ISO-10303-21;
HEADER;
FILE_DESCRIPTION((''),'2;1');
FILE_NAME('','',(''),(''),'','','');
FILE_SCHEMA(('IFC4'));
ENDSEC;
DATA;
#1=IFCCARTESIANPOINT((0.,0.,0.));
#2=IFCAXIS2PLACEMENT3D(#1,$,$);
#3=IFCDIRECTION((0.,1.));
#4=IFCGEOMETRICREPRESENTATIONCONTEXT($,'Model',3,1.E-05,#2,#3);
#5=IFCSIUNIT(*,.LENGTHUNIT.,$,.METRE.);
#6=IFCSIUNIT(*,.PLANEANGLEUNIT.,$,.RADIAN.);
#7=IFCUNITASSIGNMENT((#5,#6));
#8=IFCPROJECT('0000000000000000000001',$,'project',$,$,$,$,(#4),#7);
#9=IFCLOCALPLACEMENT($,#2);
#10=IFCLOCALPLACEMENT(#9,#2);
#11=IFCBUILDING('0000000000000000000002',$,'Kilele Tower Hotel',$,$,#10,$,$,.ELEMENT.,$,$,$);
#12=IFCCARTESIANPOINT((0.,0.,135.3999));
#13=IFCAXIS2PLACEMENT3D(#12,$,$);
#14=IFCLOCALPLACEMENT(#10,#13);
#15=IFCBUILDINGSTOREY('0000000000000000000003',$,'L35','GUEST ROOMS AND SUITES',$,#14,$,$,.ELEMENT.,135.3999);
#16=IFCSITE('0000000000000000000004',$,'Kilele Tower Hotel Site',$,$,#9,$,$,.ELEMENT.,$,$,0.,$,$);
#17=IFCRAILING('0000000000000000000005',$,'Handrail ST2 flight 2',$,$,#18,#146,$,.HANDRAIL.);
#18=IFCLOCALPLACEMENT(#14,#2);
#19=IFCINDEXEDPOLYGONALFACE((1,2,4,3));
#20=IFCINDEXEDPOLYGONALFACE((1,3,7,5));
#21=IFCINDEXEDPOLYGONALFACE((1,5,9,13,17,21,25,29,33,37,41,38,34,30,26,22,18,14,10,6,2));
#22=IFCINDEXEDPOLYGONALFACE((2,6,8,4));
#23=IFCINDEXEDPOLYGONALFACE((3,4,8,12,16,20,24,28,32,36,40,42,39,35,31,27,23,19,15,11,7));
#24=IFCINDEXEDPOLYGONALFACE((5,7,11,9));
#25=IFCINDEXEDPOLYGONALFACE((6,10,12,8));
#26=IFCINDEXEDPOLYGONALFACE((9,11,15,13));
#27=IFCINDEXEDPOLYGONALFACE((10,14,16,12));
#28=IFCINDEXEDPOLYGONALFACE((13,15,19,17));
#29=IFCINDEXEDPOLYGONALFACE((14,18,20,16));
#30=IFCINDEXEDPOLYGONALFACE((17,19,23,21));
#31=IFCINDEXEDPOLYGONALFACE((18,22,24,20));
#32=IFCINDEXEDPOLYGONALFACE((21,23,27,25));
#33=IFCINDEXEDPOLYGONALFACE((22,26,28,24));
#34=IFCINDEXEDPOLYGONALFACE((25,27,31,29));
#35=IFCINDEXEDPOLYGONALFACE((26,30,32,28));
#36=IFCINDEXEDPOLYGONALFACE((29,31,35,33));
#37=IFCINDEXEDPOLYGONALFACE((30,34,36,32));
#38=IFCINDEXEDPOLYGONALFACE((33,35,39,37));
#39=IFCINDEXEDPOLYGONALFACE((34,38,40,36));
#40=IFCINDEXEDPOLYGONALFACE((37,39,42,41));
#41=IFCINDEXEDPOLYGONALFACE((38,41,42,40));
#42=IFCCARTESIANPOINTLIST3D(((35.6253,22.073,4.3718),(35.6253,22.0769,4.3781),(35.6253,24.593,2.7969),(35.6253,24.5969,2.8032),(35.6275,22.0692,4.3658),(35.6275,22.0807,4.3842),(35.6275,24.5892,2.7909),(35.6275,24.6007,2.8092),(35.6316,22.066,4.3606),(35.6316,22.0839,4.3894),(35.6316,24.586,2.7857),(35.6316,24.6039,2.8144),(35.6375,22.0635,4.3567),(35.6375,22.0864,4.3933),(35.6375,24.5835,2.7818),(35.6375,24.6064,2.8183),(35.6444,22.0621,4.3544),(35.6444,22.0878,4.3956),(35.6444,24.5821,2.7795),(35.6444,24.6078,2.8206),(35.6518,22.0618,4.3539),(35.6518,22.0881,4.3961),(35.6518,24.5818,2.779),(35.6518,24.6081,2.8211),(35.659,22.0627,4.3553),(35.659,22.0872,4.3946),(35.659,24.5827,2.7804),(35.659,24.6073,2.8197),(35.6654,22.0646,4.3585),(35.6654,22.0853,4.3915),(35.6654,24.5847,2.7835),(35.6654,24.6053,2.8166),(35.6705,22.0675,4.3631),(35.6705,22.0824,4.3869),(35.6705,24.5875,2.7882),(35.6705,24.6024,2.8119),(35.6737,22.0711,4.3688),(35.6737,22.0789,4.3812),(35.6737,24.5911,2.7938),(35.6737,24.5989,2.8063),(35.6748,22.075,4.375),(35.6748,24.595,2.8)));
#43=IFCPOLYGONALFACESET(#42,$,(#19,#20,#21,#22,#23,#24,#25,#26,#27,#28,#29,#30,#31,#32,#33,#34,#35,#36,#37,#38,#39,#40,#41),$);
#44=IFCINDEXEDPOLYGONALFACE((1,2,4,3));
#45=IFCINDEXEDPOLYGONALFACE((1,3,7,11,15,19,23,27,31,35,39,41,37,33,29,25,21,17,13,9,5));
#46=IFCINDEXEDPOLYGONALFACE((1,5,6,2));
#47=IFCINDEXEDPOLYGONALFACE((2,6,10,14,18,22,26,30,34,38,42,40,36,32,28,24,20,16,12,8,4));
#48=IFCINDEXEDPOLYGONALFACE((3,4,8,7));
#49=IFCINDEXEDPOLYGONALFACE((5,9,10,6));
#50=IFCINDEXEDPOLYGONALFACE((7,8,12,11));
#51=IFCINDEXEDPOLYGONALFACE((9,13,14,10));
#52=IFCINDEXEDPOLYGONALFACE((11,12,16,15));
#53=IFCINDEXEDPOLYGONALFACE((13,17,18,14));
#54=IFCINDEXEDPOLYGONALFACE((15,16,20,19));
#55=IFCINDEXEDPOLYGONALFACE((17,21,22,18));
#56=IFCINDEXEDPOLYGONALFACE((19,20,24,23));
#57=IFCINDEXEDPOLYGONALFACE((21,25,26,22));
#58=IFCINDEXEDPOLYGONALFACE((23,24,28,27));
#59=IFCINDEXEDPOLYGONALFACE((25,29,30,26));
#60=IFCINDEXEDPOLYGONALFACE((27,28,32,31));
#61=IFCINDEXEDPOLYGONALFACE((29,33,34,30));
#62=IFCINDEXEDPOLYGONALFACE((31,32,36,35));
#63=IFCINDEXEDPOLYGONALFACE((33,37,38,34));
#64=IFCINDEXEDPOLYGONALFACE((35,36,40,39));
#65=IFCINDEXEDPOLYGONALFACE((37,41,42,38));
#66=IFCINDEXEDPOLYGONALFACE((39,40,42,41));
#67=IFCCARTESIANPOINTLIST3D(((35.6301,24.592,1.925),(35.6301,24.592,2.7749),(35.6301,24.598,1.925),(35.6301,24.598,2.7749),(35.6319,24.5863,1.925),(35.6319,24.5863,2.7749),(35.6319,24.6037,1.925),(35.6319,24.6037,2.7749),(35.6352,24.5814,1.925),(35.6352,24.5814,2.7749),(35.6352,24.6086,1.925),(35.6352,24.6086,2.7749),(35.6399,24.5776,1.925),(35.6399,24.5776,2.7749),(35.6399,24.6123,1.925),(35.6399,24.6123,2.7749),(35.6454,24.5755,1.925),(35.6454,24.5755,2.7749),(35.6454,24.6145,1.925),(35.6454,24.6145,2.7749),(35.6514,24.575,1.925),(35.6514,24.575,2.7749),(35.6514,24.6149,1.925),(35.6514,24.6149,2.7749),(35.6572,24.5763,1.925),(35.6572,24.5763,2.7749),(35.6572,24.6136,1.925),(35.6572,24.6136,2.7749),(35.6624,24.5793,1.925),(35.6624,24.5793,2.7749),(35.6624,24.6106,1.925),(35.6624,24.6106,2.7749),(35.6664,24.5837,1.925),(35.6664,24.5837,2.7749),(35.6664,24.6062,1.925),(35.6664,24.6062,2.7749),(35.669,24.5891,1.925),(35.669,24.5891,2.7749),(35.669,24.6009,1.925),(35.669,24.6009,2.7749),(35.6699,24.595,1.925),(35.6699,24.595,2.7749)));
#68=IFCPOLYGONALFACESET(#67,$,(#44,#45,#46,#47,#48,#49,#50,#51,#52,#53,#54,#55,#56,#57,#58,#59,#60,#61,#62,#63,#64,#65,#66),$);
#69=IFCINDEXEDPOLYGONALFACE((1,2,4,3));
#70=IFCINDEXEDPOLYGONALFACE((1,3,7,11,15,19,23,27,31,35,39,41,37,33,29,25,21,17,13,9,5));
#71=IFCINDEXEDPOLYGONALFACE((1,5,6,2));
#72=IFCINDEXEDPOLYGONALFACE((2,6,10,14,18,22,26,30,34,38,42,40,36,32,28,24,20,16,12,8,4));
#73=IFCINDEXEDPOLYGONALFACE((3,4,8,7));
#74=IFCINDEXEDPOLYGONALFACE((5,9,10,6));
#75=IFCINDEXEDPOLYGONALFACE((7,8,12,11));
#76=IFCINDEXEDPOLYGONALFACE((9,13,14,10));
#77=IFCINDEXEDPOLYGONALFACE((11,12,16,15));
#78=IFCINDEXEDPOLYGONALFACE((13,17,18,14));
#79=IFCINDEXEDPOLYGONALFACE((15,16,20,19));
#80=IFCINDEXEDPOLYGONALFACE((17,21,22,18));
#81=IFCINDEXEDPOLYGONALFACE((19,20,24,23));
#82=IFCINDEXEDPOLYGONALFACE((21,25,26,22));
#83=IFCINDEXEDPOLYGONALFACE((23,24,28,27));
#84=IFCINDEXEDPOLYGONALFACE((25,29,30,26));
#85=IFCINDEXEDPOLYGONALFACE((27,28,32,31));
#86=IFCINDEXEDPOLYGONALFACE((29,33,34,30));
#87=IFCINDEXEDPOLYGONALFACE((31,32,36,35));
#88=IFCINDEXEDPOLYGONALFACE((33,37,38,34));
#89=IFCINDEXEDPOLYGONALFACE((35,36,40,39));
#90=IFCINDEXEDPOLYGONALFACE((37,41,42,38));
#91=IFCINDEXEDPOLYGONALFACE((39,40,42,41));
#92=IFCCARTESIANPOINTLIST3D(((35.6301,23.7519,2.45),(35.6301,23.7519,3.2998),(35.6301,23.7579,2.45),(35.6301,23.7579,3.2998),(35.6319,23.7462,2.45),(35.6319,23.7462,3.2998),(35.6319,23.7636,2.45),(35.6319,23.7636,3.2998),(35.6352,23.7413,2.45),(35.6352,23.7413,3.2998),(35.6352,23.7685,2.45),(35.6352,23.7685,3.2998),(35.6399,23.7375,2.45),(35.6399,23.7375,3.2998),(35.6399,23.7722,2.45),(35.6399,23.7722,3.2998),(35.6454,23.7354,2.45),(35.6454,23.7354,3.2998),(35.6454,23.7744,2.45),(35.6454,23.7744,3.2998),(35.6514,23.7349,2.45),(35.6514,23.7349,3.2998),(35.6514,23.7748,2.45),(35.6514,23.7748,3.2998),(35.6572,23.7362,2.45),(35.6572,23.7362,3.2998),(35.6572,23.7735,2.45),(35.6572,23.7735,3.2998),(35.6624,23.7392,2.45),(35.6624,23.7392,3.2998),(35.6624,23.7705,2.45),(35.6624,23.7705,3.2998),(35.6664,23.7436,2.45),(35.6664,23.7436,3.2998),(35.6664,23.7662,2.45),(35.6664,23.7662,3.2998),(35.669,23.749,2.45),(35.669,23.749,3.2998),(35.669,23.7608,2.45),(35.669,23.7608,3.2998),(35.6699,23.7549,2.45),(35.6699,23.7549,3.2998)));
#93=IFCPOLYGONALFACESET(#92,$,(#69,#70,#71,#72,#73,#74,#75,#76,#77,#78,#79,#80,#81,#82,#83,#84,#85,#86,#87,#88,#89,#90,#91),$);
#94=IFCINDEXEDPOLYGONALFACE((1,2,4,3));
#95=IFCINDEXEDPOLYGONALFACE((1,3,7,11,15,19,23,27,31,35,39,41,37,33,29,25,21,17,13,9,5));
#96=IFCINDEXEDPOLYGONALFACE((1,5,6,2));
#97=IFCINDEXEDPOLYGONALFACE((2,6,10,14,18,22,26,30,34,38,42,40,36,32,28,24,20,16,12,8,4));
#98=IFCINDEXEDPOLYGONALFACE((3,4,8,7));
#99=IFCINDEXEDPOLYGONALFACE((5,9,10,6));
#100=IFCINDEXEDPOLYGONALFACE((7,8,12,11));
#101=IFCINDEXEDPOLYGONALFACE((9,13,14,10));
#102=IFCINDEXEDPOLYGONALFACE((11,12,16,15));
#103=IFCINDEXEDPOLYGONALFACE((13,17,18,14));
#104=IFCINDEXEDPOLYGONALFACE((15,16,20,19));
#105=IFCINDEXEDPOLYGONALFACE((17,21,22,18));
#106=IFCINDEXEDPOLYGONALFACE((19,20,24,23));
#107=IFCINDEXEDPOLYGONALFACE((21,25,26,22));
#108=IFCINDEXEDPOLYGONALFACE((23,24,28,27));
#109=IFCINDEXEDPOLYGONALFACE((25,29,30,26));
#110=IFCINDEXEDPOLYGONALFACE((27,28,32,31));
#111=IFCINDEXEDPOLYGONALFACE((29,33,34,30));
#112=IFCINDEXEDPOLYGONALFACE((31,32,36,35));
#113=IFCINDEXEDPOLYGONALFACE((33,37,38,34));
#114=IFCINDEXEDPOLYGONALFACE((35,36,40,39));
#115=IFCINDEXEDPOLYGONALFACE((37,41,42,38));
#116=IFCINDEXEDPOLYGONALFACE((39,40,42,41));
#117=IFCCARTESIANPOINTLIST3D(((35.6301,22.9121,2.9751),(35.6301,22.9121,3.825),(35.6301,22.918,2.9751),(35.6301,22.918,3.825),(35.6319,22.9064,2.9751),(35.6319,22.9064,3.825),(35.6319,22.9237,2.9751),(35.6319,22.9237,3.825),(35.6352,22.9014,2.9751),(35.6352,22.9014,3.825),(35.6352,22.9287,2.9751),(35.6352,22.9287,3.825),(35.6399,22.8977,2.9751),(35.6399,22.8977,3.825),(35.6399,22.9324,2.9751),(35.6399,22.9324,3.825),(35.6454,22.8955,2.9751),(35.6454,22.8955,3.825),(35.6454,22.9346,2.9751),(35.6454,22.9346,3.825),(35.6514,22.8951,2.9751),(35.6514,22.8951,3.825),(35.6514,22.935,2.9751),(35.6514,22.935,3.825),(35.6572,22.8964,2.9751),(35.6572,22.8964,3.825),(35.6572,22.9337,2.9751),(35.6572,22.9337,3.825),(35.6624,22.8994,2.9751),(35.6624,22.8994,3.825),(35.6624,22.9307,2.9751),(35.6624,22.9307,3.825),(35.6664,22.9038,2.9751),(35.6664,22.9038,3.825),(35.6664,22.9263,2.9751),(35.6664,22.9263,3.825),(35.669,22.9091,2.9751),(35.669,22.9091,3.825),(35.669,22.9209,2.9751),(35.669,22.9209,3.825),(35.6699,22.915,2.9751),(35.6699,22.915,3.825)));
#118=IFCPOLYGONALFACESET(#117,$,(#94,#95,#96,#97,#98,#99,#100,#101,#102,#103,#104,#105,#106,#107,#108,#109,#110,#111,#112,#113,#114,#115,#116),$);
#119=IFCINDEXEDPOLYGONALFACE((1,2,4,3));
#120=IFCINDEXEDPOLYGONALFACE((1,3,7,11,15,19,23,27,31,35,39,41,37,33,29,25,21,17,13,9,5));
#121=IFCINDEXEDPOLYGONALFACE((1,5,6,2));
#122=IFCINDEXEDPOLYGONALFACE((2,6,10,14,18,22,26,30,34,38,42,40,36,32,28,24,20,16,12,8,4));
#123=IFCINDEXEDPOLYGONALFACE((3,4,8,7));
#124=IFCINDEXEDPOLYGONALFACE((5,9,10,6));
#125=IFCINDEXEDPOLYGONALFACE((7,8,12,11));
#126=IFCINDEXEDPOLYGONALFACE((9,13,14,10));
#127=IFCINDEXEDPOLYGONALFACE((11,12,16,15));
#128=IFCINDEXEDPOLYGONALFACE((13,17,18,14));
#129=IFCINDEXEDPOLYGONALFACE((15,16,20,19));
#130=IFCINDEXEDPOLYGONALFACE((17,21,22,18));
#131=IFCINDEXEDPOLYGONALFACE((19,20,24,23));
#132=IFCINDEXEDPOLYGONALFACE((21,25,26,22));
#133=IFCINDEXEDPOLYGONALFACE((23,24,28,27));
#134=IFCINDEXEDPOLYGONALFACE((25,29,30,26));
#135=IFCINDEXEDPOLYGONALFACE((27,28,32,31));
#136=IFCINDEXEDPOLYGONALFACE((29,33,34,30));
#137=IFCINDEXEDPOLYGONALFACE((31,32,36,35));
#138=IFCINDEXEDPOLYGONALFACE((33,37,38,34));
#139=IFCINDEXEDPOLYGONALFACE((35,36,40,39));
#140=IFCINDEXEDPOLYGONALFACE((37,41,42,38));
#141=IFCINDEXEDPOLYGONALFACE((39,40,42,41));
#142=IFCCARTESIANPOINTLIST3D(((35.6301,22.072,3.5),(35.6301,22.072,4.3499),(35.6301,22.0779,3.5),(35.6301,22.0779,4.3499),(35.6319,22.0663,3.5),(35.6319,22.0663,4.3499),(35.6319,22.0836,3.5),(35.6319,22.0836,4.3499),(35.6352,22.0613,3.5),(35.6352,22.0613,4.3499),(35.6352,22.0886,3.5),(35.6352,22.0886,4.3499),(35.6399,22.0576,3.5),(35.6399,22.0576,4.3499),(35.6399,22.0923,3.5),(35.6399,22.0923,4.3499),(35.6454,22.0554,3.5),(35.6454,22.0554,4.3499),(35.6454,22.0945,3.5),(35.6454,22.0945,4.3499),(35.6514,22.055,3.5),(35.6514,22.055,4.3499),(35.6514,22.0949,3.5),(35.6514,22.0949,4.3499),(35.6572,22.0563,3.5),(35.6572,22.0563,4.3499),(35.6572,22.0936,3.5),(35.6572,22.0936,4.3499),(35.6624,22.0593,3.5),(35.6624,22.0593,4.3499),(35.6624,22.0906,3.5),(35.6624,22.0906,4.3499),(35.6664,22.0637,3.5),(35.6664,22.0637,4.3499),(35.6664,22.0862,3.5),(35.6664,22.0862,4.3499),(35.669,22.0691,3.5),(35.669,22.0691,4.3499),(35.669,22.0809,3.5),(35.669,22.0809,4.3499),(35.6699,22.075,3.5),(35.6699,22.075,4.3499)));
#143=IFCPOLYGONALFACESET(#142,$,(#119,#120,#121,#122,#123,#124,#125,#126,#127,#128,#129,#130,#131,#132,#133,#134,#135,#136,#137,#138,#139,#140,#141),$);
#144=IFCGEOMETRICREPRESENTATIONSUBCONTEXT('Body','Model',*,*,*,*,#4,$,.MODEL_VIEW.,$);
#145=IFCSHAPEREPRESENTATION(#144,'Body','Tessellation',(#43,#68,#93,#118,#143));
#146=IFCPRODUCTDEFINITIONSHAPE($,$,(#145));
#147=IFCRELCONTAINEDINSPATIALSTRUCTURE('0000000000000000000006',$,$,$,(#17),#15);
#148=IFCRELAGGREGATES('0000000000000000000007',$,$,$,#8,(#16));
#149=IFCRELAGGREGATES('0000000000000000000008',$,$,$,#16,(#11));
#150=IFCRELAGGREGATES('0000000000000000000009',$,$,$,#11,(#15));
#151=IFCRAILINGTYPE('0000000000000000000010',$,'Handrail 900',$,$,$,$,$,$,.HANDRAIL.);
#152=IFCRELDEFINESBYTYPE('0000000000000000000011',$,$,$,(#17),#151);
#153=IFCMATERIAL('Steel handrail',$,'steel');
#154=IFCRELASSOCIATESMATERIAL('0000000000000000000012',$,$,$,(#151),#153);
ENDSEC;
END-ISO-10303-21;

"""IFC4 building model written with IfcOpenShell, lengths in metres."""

from ifc_helpers import new_model, si_unit, direction, frame, origin, origin_2d, place, context, subcontext, project, spatial, circle, extrude, material, type_object, element, save


model = new_model("IFC4")

# Units and contexts
model_context = context("Model", 3, precision=1e-05, world=origin(), true_north=direction((0.0, 1.0)))
body_context = subcontext(model_context, "Body", "Model", "MODEL_VIEW")
ifc_project = project(units=[si_unit("LENGTHUNIT", "METRE"), si_unit("PLANEANGLEUNIT", "RADIAN")], contexts=[model_context])

# Site, building, storey
site_placement = place(None, origin())
site = spatial("IfcSite", under=ifc_project, at=site_placement, Name="Kilele Tower Hotel Site", CompositionType="ELEMENT", RefElevation=0.0)
building_placement = place(site_placement, origin())
building = spatial("IfcBuilding", under=site, at=building_placement, Name="Kilele Tower Hotel", CompositionType="ELEMENT")
storey_placement = place(building_placement, frame((0.0, 0.0, 135.3999)))
storey = spatial("IfcBuildingStorey", under=building, at=storey_placement, Name="L35", Description="GUEST ROOMS AND SUITES", CompositionType="ELEMENT", Elevation=135.3999)

# Railing
ifc_material_1 = material(Name="Steel handrail", Category="steel")
railing_type_1 = type_object("IfcRailingType", Name="Handrail 900", PredefinedType="HANDRAIL", material=ifc_material_1)
for number, where, name in (
    (1, (35.6499, 24.595, 1.925), "Handrail ST2 flight 2"),
):
    element("IfcRailing", number, at=place(storey_placement, frame(where)), inside=storey, type_object=railing_type_1, Name=name, PredefinedType="HANDRAIL", context=body_context, shape_type="SweptSolid", body=[
        extrude(circle(Radius=0.0249, at=origin_2d()), frame((0.0, 0.0, 0.875), z_axis=(0.0, -0.848008, 0.529984), x_axis=(1.0, 0.0, 0.0)), (0.0, 0.0, 1.0), 2.9717),
        extrude(circle(Radius=0.02, at=origin_2d()), origin(), (0.0, 0.0, 1.0), 0.8499),
        extrude(circle(Radius=0.02, at=origin_2d()), frame((0.0, -0.8401, 0.5249)), (0.0, 0.0, 1.0), 0.8499),
        extrude(circle(Radius=0.02, at=origin_2d()), frame((0.0, -1.6799, 1.05)), (0.0, 0.0, 1.0), 0.8499),
        extrude(circle(Radius=0.02, at=origin_2d()), frame((0.0, -2.52, 1.575)), (0.0, 0.0, 1.0), 0.8499),
    ])

save(model, "model.ifc")
